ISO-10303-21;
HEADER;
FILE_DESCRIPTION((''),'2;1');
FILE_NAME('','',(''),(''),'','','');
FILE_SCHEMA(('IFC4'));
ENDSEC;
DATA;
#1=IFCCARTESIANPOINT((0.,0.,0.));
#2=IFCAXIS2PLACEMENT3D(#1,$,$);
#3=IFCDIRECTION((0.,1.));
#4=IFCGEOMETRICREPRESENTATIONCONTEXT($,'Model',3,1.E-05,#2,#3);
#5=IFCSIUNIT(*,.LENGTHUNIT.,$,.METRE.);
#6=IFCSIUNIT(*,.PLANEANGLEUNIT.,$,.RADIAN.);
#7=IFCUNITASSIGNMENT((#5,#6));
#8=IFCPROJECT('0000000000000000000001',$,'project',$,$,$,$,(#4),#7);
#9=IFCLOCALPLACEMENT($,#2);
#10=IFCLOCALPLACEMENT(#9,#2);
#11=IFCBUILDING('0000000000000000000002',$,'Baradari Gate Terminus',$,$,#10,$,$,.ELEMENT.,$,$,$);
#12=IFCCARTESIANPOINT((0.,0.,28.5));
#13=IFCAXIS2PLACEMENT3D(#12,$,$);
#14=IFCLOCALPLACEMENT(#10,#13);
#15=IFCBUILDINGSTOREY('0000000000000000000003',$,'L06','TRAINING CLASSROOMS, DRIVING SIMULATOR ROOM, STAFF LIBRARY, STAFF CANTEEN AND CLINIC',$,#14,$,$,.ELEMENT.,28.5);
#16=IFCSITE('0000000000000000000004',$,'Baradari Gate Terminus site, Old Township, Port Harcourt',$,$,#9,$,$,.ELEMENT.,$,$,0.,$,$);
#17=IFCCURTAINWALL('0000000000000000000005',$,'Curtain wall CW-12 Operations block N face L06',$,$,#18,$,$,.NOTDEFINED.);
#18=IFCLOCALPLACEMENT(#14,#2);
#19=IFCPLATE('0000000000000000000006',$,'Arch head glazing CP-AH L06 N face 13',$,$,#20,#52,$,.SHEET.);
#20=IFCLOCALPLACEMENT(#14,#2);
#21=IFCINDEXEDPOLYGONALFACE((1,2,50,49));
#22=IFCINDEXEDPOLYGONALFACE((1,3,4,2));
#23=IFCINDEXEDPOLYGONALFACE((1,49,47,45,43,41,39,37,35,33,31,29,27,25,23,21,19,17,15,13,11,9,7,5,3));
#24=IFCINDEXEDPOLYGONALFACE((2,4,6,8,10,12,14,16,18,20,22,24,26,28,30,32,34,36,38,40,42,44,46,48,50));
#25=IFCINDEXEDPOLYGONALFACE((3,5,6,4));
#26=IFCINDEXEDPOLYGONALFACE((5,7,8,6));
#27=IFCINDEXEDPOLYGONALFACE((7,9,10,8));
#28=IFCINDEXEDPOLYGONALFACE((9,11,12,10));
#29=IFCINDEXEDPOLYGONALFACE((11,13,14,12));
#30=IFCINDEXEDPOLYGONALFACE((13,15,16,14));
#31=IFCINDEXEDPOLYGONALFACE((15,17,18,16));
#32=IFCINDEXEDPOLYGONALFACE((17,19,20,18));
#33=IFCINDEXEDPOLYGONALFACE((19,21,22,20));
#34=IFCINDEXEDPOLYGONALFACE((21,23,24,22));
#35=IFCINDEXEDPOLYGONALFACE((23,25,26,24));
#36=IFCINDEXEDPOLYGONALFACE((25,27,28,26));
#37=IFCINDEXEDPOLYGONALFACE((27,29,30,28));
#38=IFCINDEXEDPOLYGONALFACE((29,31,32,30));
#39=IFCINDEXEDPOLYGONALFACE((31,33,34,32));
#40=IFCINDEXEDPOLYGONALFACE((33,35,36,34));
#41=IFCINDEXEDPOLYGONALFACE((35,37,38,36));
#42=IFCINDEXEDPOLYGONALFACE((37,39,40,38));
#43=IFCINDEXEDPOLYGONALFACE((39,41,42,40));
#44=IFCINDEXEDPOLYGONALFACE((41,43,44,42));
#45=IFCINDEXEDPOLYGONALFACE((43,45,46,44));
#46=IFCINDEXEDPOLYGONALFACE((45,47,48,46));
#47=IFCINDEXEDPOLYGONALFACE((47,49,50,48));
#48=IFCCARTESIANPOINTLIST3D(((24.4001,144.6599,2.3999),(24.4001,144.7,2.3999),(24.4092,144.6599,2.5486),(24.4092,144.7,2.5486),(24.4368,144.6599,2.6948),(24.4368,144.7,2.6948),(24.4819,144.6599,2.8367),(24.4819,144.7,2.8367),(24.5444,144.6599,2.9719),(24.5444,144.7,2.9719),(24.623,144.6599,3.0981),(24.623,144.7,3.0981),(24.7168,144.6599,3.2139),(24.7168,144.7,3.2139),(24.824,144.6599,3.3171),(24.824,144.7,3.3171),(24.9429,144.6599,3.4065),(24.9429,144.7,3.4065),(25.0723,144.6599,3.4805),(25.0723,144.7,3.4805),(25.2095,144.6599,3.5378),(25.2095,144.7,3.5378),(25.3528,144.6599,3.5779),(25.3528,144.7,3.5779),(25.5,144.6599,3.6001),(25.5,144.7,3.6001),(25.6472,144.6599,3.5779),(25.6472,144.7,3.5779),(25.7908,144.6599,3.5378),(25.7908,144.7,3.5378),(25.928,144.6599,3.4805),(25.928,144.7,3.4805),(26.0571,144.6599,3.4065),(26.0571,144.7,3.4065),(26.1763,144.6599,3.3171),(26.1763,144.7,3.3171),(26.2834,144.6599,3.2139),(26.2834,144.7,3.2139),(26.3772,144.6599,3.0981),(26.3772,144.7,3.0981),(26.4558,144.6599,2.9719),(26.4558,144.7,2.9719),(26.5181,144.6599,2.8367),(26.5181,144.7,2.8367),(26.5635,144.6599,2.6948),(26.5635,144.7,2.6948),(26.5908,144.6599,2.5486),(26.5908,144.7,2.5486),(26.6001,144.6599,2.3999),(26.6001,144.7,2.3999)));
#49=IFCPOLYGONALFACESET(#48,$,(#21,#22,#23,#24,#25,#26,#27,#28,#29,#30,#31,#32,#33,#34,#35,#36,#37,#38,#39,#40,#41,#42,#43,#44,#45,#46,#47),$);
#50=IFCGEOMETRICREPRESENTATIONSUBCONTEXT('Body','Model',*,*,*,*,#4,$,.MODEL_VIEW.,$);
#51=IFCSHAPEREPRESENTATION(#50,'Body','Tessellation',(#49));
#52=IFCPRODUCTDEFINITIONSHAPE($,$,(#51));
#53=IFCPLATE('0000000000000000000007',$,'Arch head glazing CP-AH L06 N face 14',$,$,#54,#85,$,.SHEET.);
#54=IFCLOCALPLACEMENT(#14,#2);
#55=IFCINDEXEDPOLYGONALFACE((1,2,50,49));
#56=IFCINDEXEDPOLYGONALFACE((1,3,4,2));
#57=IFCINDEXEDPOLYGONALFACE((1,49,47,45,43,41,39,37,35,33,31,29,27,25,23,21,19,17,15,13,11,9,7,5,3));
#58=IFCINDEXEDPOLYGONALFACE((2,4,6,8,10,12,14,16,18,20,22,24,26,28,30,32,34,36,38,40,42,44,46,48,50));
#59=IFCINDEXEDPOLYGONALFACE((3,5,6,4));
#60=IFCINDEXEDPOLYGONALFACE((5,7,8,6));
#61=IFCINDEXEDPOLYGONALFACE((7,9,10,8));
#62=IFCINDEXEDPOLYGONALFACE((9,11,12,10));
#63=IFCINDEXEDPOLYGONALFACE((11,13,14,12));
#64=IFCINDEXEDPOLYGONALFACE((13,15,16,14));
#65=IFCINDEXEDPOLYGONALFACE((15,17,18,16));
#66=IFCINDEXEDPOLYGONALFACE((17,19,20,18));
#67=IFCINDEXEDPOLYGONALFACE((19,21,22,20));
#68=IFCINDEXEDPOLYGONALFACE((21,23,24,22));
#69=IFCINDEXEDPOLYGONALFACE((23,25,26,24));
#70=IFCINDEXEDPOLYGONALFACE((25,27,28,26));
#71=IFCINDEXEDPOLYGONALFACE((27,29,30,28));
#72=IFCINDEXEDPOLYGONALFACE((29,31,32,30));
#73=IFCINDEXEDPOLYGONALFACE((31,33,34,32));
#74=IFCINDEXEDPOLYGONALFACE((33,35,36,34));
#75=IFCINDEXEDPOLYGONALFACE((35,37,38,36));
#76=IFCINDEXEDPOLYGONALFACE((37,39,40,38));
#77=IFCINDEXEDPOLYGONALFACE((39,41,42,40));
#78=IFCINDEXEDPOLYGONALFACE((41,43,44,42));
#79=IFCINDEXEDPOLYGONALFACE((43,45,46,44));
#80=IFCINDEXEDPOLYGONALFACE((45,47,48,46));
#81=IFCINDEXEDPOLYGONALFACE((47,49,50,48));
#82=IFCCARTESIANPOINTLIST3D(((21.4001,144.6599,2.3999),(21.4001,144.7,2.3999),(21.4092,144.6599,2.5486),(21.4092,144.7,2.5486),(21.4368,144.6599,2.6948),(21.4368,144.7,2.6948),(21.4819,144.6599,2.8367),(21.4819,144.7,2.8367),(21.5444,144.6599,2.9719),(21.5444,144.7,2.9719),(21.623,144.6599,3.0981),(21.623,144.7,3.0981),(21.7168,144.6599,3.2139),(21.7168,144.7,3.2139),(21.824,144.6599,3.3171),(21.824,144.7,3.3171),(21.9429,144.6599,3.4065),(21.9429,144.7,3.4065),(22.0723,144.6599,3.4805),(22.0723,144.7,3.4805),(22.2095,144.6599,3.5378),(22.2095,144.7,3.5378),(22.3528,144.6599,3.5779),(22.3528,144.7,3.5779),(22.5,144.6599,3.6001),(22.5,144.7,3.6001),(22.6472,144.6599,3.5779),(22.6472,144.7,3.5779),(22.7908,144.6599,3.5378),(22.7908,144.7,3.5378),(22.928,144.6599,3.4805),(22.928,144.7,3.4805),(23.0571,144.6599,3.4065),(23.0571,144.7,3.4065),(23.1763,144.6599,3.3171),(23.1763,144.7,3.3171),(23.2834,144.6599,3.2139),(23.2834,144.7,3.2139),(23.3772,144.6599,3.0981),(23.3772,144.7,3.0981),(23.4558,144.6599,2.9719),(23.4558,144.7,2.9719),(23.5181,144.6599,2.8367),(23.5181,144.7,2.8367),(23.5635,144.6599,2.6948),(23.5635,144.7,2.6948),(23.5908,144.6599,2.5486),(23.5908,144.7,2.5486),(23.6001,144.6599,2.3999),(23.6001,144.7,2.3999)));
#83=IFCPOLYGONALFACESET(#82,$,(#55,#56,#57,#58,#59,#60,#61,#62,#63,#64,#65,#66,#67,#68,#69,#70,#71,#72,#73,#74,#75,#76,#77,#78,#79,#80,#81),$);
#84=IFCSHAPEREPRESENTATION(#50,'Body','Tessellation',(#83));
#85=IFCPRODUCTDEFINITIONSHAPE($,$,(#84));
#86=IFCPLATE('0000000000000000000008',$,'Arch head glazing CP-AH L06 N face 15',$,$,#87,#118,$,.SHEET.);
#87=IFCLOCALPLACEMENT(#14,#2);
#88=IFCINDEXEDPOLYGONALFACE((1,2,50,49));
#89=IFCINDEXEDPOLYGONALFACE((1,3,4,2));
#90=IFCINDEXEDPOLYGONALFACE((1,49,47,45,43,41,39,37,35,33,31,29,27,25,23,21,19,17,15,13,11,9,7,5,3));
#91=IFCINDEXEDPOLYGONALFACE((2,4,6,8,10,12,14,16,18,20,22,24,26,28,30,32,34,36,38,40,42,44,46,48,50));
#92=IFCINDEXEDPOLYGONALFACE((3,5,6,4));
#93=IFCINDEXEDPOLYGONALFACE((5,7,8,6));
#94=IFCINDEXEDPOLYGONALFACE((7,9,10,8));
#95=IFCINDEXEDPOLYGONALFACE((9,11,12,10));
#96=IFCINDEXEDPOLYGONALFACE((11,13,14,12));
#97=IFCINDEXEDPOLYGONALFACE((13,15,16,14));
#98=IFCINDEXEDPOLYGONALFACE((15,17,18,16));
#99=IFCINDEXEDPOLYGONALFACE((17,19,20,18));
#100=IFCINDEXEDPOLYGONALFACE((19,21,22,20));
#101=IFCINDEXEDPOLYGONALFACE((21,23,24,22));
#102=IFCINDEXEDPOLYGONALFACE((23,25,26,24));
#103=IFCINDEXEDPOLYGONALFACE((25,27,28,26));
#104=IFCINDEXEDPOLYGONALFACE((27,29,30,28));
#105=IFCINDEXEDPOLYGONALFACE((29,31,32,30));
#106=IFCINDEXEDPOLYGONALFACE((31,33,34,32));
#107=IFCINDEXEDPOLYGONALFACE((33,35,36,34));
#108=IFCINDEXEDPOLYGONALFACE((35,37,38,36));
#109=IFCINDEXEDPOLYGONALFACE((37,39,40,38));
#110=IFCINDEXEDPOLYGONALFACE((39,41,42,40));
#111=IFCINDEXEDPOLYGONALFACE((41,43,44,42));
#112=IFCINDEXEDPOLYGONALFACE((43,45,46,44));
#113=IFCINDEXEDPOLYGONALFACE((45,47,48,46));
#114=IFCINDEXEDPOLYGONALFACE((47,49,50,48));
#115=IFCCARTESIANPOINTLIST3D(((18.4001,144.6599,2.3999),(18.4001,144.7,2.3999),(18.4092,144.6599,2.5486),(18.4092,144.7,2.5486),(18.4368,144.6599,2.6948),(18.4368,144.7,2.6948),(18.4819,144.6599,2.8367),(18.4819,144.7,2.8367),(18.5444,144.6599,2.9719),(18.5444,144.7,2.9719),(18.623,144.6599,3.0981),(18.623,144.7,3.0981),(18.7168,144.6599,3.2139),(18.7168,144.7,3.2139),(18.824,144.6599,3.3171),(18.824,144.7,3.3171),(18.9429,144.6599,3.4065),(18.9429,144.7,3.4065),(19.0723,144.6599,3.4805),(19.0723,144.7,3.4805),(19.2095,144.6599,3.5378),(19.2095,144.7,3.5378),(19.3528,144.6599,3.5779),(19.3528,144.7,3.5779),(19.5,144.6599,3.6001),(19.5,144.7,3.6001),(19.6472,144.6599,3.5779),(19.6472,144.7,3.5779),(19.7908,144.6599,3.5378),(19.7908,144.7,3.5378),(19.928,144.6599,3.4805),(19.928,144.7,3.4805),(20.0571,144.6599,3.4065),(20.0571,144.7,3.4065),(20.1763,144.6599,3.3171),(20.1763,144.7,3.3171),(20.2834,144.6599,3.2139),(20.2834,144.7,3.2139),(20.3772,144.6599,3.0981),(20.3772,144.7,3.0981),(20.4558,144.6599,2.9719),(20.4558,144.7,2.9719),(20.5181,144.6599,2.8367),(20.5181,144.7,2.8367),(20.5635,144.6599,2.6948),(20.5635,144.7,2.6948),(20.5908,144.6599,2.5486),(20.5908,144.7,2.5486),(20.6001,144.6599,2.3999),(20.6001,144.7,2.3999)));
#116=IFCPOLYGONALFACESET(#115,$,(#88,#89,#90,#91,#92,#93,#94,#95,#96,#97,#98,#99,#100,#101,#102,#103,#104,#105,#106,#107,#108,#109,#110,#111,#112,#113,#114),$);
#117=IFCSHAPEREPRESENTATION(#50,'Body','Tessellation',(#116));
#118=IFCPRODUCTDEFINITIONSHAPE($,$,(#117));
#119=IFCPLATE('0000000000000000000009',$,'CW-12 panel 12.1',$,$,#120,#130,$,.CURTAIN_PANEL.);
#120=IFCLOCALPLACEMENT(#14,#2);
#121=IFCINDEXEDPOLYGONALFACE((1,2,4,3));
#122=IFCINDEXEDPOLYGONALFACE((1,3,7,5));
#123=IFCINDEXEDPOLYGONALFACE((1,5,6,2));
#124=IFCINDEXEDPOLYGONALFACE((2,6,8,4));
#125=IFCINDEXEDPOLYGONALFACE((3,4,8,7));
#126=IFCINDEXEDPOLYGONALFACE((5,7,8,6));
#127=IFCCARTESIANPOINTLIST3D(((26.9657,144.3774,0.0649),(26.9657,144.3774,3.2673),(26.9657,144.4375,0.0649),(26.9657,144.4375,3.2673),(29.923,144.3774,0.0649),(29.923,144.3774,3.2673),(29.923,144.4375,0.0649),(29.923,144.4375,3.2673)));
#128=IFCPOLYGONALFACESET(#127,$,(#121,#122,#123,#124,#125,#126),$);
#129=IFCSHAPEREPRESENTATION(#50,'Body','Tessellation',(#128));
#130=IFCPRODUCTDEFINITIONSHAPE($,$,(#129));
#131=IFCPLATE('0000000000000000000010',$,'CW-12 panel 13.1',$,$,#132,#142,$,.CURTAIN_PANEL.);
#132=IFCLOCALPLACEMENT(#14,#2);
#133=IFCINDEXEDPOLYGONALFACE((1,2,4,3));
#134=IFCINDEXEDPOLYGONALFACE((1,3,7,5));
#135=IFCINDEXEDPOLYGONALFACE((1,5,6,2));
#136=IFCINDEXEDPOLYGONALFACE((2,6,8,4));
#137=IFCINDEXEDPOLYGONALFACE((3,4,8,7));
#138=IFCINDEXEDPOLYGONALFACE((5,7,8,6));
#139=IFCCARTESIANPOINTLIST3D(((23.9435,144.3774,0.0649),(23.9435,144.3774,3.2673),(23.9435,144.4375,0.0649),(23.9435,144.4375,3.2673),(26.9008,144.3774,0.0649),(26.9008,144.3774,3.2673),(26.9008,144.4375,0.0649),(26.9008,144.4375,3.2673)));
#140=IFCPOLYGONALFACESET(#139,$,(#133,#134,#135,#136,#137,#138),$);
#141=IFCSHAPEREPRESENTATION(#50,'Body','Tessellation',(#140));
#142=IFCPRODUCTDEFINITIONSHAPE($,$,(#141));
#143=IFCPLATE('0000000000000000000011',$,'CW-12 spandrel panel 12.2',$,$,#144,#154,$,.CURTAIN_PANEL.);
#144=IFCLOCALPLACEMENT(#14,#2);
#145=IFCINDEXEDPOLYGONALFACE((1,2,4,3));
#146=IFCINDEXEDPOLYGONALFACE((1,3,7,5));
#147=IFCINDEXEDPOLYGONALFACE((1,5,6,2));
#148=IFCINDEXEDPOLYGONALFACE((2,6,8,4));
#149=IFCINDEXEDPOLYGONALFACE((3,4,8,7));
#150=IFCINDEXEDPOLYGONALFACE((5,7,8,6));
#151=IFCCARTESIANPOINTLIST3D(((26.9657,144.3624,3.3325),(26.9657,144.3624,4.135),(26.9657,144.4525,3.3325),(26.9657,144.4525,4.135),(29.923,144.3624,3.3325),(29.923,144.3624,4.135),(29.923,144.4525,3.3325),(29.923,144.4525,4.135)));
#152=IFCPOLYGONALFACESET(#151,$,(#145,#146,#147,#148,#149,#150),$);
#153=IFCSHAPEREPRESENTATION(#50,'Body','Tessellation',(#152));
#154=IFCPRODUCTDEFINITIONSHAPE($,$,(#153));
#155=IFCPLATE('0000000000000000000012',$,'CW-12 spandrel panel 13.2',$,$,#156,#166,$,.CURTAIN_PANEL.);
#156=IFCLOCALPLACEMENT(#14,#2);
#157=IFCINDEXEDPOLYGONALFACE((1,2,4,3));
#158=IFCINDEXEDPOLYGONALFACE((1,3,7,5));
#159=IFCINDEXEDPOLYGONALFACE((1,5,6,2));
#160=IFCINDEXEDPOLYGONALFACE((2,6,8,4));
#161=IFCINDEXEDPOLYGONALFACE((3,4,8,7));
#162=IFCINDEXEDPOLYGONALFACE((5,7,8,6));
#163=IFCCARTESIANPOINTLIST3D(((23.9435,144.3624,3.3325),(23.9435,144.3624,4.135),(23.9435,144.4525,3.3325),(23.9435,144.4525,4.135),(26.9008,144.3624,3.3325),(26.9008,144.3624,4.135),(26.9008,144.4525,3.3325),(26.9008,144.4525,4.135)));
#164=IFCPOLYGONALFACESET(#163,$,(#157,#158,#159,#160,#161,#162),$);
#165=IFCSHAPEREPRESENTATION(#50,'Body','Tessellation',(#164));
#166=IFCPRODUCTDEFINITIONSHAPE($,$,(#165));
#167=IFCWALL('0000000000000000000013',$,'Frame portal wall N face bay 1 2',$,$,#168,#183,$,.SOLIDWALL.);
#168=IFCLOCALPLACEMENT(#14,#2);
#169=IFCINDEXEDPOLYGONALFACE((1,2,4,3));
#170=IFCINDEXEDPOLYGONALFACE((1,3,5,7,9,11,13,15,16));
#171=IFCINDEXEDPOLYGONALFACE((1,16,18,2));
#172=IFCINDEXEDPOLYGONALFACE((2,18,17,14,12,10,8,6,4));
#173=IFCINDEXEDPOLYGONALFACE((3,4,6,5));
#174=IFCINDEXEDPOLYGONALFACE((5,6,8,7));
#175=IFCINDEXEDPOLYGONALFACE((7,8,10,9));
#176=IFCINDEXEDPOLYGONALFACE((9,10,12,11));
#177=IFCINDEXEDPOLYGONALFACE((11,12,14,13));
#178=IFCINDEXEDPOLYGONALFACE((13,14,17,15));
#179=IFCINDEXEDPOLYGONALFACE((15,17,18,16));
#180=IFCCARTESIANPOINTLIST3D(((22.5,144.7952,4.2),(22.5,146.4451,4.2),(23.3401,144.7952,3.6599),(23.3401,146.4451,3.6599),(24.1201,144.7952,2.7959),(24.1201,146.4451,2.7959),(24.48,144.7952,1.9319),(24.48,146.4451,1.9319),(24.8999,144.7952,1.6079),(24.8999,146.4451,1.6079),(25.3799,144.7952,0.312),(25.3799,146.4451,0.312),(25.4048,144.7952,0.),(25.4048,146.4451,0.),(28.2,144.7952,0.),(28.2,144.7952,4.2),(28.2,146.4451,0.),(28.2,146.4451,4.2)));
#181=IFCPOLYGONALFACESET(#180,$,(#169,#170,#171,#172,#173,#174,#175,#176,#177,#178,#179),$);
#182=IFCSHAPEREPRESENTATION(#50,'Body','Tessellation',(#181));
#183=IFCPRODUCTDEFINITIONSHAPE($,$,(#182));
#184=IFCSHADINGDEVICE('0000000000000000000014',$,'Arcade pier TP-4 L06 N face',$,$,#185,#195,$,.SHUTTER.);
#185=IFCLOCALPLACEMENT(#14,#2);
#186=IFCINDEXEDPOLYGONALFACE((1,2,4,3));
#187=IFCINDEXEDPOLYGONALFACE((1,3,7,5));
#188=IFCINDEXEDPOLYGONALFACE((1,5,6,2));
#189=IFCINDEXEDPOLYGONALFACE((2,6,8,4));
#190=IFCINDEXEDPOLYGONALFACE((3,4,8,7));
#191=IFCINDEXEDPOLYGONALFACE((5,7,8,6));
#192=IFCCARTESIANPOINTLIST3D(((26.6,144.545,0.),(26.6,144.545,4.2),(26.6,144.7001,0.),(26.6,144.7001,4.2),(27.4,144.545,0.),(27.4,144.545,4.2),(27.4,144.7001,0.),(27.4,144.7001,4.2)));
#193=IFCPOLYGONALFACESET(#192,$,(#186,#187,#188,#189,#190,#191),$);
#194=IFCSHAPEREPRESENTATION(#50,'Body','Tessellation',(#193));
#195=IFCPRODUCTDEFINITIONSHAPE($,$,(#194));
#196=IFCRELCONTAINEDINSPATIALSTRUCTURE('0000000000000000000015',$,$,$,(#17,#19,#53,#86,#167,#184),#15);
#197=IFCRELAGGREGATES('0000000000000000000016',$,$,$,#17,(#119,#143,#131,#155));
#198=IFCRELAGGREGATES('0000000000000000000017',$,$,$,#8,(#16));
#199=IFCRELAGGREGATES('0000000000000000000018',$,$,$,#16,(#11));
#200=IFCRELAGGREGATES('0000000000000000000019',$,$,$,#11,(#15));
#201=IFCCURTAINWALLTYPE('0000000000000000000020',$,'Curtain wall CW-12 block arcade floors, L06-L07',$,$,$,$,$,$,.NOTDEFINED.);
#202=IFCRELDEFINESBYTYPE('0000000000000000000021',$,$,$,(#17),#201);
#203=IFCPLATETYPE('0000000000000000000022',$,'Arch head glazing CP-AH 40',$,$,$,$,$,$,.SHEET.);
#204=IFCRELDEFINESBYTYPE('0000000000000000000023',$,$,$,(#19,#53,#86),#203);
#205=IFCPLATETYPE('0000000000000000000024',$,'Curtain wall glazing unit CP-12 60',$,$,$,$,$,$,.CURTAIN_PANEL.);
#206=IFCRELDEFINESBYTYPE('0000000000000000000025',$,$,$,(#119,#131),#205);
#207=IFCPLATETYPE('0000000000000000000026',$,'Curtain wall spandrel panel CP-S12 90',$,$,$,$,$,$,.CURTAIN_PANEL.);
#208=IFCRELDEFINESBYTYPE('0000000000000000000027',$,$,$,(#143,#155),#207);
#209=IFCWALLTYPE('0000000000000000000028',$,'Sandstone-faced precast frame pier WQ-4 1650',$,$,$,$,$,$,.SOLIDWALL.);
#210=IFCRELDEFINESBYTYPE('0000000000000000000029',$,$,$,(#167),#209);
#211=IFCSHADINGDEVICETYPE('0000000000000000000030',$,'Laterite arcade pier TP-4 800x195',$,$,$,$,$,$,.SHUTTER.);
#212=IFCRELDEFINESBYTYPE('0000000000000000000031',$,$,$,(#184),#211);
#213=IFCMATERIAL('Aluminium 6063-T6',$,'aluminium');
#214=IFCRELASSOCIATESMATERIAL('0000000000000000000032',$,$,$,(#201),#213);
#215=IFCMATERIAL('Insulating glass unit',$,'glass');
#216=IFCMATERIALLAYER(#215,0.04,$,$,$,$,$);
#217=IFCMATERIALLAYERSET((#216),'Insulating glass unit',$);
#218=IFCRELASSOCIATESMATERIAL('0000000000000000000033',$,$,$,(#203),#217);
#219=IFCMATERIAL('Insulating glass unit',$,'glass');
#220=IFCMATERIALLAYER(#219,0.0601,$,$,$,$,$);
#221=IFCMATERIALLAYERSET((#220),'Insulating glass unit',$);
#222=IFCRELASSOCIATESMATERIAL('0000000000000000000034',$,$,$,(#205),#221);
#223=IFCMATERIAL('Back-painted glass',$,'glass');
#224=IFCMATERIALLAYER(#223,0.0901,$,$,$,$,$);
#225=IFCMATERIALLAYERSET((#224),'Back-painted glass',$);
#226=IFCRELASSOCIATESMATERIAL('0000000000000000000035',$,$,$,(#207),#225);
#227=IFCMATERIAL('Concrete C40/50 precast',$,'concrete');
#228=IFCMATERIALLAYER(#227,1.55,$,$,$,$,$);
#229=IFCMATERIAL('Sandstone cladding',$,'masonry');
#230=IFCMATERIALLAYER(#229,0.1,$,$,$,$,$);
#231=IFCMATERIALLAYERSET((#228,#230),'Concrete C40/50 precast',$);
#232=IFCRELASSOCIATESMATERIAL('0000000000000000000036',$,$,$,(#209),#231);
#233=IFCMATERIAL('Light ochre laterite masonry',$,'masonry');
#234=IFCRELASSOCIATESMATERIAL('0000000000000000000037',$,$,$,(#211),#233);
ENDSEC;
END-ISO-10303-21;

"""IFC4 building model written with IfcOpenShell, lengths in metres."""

from ifc_helpers import new_model, si_unit, direction, frame, origin, origin_2d, place, context, subcontext, project, spatial, polyline, rectangle, outline, extrude, material, layer, layer_set, type_object, element, aggregate, save


model = new_model("IFC4")

# Units and contexts
model_context = context("Model", 3, precision=1e-05, world=origin(), true_north=direction((0.0, 1.0)))
body_context = subcontext(model_context, "Body", "Model", "MODEL_VIEW")
ifc_project = project(units=[si_unit("LENGTHUNIT", "METRE"), si_unit("PLANEANGLEUNIT", "RADIAN")], contexts=[model_context])

# Site, building, storey
site_placement = place(None, origin())
site = spatial("IfcSite", under=ifc_project, at=site_placement, Name="Baradari Gate Terminus site, Old Township, Port Harcourt", CompositionType="ELEMENT", RefElevation=0.0)
building_placement = place(site_placement, origin())
building = spatial("IfcBuilding", under=site, at=building_placement, Name="Baradari Gate Terminus", CompositionType="ELEMENT")
storey_placement = place(building_placement, frame((0.0, 0.0, 28.5)))
storey = spatial("IfcBuildingStorey", under=building, at=storey_placement, Name="L06", Description="TRAINING CLASSROOMS, DRIVING SIMULATOR ROOM, STAFF LIBRARY, STAFF CANTEEN AND CLINIC", CompositionType="ELEMENT", Elevation=28.5)

# Curtain wall
ifc_material_1 = material(Name="Aluminium 6063-T6", Category="aluminium")
curtain_wall_type = type_object("IfcCurtainWallType", Name="Curtain wall CW-12 block arcade floors, L06-L07", PredefinedType="NOTDEFINED", material=ifc_material_1)
curtain_wall_placement = place(storey_placement, origin())
curtain_wall = element("IfcCurtainWall", 1, at=curtain_wall_placement, inside=storey, type_object=curtain_wall_type, Name="Curtain wall CW-12 Operations block N face L06", PredefinedType="NOTDEFINED")

# Plates
ifc_material_2 = material(Name="Insulating glass unit", Category="glass")
ifc_layer_1 = layer(ifc_material_2, 0.04)
ifc_layer_set_1 = layer_set([ifc_layer_1], Name="Insulating glass unit")
plate_type_1 = type_object("IfcPlateType", Name="Arch head glazing CP-AH 40", PredefinedType="SHEET", material=ifc_layer_set_1)
for number, where, z_axis, x_axis, name in (
    (2, (26.6001, 144.6799, 2.3999), (0.0, 0.0, 1.0), (-1.0, 0.0, 0.0), "Arch head glazing CP-AH L06 N face 13"),
    (3, (23.6001, 144.6799, 2.3999), (0.0, 0.0, 1.0), (-1.0, 0.0, 0.0), "Arch head glazing CP-AH L06 N face 14"),
    (4, (20.6001, 144.6799, 2.3999), (0.0, 0.0, 1.0), (-1.0, 0.0, 0.0), "Arch head glazing CP-AH L06 N face 15"),
):
    element("IfcPlate", number, at=place(storey_placement, frame(where, z_axis=z_axis, x_axis=x_axis)), inside=storey, type_object=plate_type_1, Name=name, PredefinedType="SHEET", context=body_context, shape_type="SweptSolid", body=[
        extrude(outline(polyline([(0.0, 0.0), (2.2, 0.0), (2.1909, 0.1487), (2.1633, 0.2949), (2.1182, 0.4368), (2.0557, 0.572), (1.9771, 0.6982), (1.8833, 0.814), (1.7761, 0.9172), (1.6572, 1.0066), (1.5278, 1.0806), (1.3906, 1.1379), (1.2473, 1.178), (1.1001, 1.2002), (0.9529, 1.178), (0.8093, 1.1379), (0.6721, 1.0806), (0.543, 1.0066), (0.4238, 0.9172), (0.3167, 0.814), (0.2229, 0.6982), (0.1443, 0.572), (0.082, 0.4368), (0.0366, 0.2949), (0.0093, 0.1487), (0.0, 0.0)])), frame((0.0, 0.02, 0.0), z_axis=(0.0, -1.0, 0.0), x_axis=(1.0, 0.0, 0.0)), (0.0, 0.0, 1.0), 0.04),
    ])

# Plates
ifc_material_3 = material(Name="Insulating glass unit", Category="glass")
ifc_layer_2 = layer(ifc_material_3, 0.0601)
ifc_layer_set_2 = layer_set([ifc_layer_2], Name="Insulating glass unit")
plate_type_2 = type_object("IfcPlateType", Name="Curtain wall glazing unit CP-12 60", PredefinedType="CURTAIN_PANEL", material=ifc_layer_set_2)
plate_1_placement = place(storey_placement, frame((28.4443, 144.4075, 0.0649), z_axis=(0.0, 0.0, 1.0), x_axis=(-1.0, 0.0, 0.0)))
plate_1 = element("IfcPlate", 5, at=plate_1_placement, type_object=plate_type_2, Name="CW-12 panel 12.1", PredefinedType="CURTAIN_PANEL", context=body_context, shape_type="SweptSolid", body=[
    extrude(rectangle(XDim=2.9573, YDim=0.0601, at=origin_2d()), origin(), (0.0, 0.0, 1.0), 3.2024),
])
plate_2_placement = place(storey_placement, frame((25.4221, 144.4075, 0.0649), z_axis=(0.0, 0.0, 1.0), x_axis=(-1.0, 0.0, 0.0)))
plate_2 = element("IfcPlate", 6, at=plate_2_placement, type_object=plate_type_2, Name="CW-12 panel 13.1", PredefinedType="CURTAIN_PANEL", context=body_context, shape_type="SweptSolid", body=[
    extrude(rectangle(XDim=2.9573, YDim=0.0601, at=origin_2d()), origin(), (0.0, 0.0, 1.0), 3.2024),
])
ifc_material_4 = material(Name="Back-painted glass", Category="glass")
ifc_layer_3 = layer(ifc_material_4, 0.0901)
ifc_layer_set_3 = layer_set([ifc_layer_3], Name="Back-painted glass")
plate_type_3 = type_object("IfcPlateType", Name="Curtain wall spandrel panel CP-S12 90", PredefinedType="CURTAIN_PANEL", material=ifc_layer_set_3)
plate_3_placement = place(storey_placement, frame((28.4443, 144.4075, 3.3325), z_axis=(0.0, 0.0, 1.0), x_axis=(-1.0, 0.0, 0.0)))
plate_3 = element("IfcPlate", 7, at=plate_3_placement, type_object=plate_type_3, Name="CW-12 spandrel panel 12.2", PredefinedType="CURTAIN_PANEL", context=body_context, shape_type="SweptSolid", body=[
    extrude(rectangle(XDim=2.9573, YDim=0.0901, at=origin_2d()), origin(), (0.0, 0.0, 1.0), 0.8025),
])
plate_4_placement = place(storey_placement, frame((25.4221, 144.4075, 3.3325), z_axis=(0.0, 0.0, 1.0), x_axis=(-1.0, 0.0, 0.0)))
plate_4 = element("IfcPlate", 8, at=plate_4_placement, type_object=plate_type_3, Name="CW-12 spandrel panel 13.2", PredefinedType="CURTAIN_PANEL", context=body_context, shape_type="SweptSolid", body=[
    extrude(rectangle(XDim=2.9573, YDim=0.0901, at=origin_2d()), origin(), (0.0, 0.0, 1.0), 0.8025),
])
aggregate(curtain_wall, [plate_1, plate_3, plate_2, plate_4])

# Wall
ifc_material_5 = material(Name="Concrete C40/50 precast", Category="concrete")
ifc_layer_4 = layer(ifc_material_5, 1.55)
ifc_material_6 = material(Name="Sandstone cladding", Category="masonry")
ifc_layer_5 = layer(ifc_material_6, 0.1)
ifc_layer_set_4 = layer_set([ifc_layer_4, ifc_layer_5], Name="Concrete C40/50 precast")
wall_type = type_object("IfcWallType", Name="Sandstone-faced precast frame pier WQ-4 1650", PredefinedType="SOLIDWALL", material=ifc_layer_set_4)
wall_placement = place(storey_placement, frame((22.5, 145.6201, 0.0), z_axis=(0.0, 0.0, 1.0), x_axis=(1.0, 0.0, 0.0)))
element("IfcWall", 9, at=wall_placement, inside=storey, type_object=wall_type, Name="Frame portal wall N face bay 1 2", PredefinedType="SOLIDWALL", context=body_context, shape_type="SweptSolid", body=[
    extrude(outline(polyline([(0.0, 4.2), (0.8401, 3.6599), (1.6201, 2.7959), (1.98, 1.9319), (2.3999, 1.6079), (2.8799, 0.312), (2.9048, 0.0), (5.7, 0.0), (5.7, 4.2), (0.0, 4.2)])), frame((0.0, 0.825, 0.0), z_axis=(0.0, -1.0, 0.0), x_axis=(1.0, 0.0, 0.0)), (0.0, 0.0, 1.0), 1.6499),
])

# Shading device
ifc_material_7 = material(Name="Light ochre laterite masonry", Category="masonry")
shading_device_type = type_object("IfcShadingDeviceType", Name="Laterite arcade pier TP-4 800x195", PredefinedType="SHUTTER", material=ifc_material_7)
for number, where, z_axis, x_axis, name in (
    (10, (27.0, 144.6226, 0.0), (0.0, 0.0, 1.0), (-1.0, 0.0, 0.0), "Arcade pier TP-4 L06 N face"),
):
    element("IfcShadingDevice", number, at=place(storey_placement, frame(where, z_axis=z_axis, x_axis=x_axis)), inside=storey, type_object=shading_device_type, Name=name, PredefinedType="SHUTTER", context=body_context, shape_type="SweptSolid", body=[
        extrude(rectangle(XDim=0.8, YDim=0.155, at=origin_2d()), origin(), (0.0, 0.0, 1.0), 4.2),
    ])

save(model, "model.ifc")
